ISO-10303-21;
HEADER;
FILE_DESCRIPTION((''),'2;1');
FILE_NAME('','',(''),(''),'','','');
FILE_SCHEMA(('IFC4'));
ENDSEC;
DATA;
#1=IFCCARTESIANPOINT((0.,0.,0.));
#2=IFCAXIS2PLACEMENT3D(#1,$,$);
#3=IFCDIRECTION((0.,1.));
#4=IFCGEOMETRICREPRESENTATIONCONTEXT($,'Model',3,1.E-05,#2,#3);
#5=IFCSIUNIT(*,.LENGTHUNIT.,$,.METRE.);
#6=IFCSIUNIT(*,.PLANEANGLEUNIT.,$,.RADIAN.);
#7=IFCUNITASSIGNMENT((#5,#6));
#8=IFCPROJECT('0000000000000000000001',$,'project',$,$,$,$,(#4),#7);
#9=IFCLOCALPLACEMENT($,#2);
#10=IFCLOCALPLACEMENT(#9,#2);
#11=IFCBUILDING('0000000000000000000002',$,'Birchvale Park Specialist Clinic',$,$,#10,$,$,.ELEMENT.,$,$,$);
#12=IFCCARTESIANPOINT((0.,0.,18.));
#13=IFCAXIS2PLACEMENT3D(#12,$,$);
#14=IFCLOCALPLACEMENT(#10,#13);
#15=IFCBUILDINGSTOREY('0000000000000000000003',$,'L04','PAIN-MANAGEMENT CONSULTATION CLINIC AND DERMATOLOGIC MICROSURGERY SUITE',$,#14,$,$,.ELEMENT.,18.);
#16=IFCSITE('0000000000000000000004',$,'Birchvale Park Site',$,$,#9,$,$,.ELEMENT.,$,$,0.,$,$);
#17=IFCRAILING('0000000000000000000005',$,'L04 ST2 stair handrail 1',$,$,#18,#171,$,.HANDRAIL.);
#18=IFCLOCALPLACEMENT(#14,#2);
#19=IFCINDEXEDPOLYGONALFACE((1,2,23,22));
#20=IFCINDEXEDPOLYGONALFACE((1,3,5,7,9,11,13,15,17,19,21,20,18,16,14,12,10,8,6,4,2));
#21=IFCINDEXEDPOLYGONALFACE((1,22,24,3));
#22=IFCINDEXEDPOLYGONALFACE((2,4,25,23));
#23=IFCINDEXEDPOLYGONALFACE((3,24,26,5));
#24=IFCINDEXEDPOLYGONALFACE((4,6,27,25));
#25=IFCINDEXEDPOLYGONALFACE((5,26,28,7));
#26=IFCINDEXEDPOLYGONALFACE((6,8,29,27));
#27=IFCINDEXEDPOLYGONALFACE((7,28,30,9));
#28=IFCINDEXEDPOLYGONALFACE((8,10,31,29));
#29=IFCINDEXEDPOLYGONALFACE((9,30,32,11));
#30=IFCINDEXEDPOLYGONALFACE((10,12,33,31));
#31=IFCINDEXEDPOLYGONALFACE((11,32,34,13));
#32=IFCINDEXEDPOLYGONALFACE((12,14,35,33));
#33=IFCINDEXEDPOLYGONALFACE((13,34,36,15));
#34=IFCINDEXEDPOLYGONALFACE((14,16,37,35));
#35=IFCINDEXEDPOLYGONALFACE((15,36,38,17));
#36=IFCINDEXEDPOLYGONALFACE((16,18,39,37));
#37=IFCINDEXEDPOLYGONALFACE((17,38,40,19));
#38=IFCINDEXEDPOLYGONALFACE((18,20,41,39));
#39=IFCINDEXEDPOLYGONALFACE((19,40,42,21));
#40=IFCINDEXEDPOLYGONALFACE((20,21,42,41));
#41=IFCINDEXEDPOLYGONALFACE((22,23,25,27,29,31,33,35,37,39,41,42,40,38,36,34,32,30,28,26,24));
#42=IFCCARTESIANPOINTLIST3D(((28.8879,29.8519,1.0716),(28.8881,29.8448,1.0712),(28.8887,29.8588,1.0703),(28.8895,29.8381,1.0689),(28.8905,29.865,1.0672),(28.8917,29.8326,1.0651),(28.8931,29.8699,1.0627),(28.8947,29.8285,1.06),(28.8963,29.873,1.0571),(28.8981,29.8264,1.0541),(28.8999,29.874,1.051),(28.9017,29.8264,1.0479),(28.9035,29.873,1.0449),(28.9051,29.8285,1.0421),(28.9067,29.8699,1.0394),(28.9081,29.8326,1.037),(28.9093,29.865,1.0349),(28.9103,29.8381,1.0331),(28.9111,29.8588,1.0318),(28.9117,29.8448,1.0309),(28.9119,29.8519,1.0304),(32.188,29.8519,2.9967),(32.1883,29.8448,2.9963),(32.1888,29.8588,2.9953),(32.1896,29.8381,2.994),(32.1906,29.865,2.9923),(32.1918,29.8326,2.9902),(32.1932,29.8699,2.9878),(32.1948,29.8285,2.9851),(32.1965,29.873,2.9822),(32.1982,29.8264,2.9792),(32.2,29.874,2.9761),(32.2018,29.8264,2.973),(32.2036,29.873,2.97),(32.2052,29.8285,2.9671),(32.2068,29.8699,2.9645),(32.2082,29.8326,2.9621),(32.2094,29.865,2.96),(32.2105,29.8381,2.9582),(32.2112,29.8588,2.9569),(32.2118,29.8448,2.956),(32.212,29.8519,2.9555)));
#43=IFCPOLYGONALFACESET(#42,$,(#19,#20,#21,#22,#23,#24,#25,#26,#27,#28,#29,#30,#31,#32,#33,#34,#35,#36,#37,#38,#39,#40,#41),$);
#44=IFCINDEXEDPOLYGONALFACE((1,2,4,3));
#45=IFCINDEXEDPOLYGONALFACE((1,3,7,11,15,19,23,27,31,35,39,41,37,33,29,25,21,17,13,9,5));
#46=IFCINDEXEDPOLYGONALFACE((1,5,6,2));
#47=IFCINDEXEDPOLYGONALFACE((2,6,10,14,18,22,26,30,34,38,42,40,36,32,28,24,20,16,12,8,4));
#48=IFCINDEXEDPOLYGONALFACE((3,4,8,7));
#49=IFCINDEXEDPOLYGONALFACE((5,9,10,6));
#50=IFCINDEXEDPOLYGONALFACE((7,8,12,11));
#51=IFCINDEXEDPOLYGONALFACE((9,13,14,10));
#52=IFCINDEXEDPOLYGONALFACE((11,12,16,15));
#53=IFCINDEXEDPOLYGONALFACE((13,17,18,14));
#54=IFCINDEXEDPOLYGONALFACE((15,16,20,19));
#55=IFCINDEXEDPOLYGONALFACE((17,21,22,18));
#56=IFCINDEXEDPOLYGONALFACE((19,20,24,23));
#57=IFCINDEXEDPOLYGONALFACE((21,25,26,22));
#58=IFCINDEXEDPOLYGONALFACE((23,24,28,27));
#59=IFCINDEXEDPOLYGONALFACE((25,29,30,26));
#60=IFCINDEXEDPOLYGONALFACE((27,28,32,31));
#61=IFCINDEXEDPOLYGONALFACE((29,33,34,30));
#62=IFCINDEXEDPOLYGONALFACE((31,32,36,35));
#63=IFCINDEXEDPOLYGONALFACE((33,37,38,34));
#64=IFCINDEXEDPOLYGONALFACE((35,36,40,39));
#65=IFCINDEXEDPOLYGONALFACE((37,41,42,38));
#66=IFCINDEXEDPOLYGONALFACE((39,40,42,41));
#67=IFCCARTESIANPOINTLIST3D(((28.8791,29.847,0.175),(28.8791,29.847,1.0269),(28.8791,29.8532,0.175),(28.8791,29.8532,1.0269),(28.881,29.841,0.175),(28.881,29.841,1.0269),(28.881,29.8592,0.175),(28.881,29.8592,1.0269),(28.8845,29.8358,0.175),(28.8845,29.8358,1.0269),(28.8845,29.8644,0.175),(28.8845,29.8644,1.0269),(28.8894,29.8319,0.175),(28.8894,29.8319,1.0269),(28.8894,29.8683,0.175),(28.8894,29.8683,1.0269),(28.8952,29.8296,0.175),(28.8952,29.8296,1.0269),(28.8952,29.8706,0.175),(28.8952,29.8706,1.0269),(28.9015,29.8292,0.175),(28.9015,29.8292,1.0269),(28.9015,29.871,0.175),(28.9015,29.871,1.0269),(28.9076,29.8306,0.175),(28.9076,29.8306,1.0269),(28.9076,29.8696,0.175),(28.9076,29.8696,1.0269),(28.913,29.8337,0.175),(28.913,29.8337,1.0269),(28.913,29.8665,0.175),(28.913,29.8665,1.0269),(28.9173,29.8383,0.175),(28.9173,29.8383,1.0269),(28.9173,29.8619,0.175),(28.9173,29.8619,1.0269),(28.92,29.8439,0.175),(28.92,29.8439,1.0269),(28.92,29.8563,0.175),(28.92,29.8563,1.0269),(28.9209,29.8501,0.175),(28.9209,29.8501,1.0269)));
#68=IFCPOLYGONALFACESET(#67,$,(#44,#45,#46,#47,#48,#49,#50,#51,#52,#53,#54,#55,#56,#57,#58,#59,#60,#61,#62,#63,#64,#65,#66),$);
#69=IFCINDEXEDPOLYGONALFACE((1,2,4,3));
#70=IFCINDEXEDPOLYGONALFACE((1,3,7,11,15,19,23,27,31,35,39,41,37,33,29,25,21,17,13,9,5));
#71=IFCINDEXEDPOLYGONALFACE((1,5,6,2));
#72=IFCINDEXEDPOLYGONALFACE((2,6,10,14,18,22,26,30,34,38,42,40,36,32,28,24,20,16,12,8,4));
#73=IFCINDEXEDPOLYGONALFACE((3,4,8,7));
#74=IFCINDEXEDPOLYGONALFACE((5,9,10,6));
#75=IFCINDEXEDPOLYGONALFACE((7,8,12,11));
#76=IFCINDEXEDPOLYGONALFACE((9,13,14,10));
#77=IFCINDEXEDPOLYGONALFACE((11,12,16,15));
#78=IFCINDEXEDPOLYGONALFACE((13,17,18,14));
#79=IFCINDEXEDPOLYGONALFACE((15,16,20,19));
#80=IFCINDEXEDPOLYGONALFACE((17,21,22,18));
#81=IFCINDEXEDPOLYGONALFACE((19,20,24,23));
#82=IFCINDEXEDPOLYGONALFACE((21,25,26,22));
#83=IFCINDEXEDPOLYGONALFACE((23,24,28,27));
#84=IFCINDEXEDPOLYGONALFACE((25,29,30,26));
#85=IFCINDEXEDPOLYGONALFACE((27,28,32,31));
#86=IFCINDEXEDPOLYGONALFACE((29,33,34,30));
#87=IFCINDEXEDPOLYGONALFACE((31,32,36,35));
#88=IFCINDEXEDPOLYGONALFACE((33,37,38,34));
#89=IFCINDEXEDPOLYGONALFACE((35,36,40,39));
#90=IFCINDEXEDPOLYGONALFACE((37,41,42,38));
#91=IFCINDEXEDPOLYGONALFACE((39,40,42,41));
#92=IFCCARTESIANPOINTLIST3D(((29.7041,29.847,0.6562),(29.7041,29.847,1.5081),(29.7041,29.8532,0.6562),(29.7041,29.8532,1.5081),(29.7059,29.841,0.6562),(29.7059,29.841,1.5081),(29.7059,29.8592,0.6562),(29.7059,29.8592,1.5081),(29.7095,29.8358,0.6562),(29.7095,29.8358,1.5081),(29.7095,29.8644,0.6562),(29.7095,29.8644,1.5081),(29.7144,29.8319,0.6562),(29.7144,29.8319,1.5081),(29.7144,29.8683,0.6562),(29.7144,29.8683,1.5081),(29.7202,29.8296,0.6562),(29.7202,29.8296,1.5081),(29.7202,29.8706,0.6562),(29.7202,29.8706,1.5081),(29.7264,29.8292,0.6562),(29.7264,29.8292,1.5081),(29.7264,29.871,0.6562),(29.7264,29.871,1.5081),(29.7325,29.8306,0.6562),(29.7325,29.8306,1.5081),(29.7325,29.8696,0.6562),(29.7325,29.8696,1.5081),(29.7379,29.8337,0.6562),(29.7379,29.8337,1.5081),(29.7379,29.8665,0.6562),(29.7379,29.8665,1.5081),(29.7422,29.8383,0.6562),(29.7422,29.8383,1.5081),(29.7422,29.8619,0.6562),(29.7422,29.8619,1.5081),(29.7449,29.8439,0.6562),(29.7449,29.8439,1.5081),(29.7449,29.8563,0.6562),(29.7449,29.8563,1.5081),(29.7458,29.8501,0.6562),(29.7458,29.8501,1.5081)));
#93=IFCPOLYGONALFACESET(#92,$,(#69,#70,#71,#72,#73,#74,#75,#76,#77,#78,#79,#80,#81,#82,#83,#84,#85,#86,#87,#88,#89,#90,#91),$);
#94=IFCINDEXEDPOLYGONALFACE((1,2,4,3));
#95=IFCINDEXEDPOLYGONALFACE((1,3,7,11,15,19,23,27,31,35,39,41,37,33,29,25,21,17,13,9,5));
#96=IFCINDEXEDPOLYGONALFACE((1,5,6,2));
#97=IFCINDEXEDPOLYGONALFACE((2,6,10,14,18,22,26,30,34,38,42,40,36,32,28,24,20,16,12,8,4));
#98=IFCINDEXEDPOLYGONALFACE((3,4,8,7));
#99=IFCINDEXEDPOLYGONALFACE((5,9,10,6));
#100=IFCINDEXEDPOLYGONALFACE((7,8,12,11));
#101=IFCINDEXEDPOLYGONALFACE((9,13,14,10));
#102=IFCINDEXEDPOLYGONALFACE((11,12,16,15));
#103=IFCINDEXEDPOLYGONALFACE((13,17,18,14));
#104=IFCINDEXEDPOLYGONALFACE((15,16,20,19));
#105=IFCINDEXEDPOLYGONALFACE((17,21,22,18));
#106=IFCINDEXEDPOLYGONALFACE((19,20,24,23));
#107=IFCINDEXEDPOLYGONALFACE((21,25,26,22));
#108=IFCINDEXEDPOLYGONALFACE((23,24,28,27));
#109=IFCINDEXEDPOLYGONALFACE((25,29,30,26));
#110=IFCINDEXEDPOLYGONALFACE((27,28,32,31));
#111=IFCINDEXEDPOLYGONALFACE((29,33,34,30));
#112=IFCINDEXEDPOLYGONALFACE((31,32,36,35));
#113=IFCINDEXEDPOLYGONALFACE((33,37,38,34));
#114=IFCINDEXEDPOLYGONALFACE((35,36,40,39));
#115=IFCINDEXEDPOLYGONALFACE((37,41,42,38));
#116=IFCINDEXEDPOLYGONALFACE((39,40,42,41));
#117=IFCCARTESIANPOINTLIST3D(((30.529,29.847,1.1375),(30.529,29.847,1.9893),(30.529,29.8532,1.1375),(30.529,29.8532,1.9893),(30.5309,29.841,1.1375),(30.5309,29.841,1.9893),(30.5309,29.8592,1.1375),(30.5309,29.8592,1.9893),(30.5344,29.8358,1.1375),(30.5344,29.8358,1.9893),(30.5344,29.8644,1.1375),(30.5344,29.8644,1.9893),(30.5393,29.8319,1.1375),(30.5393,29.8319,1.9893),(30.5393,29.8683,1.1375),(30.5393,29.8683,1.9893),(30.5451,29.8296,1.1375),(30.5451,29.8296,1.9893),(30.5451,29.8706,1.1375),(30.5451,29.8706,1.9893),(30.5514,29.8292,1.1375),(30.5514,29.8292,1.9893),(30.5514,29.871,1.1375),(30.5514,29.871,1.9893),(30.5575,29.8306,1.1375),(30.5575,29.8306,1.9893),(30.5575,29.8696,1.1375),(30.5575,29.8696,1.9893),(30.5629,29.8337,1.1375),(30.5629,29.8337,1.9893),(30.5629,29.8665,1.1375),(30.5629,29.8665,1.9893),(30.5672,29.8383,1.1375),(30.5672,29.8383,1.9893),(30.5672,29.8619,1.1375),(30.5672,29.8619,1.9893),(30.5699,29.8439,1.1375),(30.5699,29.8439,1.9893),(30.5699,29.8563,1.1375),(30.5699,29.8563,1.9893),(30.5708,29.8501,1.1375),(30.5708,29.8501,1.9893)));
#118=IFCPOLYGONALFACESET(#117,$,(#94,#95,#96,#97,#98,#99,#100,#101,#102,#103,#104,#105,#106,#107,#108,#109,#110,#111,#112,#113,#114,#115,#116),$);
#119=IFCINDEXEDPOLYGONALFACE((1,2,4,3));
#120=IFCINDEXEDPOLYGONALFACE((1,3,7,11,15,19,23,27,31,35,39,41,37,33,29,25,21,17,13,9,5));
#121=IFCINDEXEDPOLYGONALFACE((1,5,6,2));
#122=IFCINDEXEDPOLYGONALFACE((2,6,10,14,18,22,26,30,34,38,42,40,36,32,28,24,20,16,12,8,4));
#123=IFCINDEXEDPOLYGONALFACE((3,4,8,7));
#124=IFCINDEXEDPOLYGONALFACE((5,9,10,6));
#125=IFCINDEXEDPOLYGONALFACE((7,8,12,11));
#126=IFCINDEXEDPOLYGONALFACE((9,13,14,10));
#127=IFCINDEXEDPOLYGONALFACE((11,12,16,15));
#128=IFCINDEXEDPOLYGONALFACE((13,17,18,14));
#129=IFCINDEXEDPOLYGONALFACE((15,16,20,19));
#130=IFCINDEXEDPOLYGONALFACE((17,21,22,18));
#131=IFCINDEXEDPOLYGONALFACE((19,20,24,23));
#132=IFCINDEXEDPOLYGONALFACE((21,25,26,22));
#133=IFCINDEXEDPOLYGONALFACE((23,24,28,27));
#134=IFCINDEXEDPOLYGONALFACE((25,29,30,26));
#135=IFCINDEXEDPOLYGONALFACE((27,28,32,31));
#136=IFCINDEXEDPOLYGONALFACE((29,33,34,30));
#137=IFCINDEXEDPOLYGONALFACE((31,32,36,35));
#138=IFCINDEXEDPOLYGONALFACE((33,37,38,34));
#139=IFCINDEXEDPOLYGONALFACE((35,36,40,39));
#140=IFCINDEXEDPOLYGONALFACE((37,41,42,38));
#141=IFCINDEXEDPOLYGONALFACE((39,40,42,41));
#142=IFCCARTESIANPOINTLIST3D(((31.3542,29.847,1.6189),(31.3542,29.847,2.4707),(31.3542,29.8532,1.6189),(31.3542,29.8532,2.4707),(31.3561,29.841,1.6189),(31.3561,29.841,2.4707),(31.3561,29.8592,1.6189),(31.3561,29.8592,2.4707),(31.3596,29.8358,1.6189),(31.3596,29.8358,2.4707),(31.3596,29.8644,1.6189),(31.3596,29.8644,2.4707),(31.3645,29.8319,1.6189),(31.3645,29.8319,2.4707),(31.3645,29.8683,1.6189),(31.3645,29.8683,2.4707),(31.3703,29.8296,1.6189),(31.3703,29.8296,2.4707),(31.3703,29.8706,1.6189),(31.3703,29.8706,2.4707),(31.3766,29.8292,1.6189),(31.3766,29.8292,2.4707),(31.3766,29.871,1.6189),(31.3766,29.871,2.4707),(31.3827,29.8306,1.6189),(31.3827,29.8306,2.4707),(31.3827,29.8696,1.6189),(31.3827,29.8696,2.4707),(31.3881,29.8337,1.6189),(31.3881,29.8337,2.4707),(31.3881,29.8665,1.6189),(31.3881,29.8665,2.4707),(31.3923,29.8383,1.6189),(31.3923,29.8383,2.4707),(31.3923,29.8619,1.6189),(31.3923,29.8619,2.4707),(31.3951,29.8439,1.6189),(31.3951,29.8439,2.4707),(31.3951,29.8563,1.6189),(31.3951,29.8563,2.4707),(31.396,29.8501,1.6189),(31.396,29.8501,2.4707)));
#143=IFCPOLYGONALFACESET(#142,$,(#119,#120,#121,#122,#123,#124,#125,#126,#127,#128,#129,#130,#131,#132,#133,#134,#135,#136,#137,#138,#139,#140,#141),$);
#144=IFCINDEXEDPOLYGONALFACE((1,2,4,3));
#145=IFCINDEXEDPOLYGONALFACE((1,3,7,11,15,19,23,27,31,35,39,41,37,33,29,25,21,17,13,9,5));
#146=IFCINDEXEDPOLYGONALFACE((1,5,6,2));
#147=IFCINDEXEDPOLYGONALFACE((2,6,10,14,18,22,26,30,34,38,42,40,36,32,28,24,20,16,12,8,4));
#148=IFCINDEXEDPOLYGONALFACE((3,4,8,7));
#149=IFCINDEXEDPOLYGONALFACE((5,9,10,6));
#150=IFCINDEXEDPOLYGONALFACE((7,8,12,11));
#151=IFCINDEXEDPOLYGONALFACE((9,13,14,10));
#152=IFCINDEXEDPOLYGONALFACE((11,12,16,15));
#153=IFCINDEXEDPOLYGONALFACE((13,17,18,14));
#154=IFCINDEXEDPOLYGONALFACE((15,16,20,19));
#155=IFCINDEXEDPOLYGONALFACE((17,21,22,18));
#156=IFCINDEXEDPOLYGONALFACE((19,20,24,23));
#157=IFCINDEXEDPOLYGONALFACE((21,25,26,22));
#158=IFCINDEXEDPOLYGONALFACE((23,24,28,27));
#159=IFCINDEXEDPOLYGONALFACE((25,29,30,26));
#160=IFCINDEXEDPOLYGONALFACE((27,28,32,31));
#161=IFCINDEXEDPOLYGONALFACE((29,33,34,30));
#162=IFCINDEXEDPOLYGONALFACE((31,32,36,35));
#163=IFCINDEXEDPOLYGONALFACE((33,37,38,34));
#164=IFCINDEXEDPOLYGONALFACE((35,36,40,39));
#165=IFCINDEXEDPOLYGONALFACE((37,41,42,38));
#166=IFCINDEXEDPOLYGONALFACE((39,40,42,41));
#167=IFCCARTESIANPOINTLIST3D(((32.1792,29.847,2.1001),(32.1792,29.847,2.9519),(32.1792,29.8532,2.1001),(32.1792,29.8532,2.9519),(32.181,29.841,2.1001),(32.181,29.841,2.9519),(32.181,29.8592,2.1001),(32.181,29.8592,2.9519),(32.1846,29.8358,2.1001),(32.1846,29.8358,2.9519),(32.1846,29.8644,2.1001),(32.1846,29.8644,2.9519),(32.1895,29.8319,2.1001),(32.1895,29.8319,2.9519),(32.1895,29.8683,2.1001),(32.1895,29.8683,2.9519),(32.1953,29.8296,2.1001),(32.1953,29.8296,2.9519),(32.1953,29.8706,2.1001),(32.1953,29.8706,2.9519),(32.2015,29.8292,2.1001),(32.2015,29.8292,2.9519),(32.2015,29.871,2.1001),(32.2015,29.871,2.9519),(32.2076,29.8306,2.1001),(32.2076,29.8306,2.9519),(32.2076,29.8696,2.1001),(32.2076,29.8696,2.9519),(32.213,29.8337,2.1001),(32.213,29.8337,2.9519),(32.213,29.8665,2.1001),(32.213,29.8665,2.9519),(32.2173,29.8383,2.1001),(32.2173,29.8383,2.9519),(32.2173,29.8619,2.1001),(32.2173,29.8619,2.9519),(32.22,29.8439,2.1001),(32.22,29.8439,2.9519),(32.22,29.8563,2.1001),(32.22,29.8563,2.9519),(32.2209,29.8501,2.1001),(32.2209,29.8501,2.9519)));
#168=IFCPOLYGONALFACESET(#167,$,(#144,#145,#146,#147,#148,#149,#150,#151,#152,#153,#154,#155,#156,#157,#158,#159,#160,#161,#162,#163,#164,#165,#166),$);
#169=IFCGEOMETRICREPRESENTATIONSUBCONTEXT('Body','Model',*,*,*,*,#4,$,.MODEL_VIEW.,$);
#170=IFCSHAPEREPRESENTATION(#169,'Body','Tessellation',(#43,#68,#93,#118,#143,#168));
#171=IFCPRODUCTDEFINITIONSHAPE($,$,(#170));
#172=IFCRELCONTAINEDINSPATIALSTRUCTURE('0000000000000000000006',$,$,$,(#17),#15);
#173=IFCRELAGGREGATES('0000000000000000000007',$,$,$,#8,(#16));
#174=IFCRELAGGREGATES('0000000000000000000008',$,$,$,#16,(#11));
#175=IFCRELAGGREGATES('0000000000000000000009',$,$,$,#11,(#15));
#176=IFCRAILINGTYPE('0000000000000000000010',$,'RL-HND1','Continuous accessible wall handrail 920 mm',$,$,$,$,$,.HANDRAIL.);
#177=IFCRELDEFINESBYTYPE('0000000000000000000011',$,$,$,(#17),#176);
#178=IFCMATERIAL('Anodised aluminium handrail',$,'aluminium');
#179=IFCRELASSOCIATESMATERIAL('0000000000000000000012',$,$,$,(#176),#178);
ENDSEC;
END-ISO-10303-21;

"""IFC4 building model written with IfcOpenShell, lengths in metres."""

from ifc_helpers import new_model, si_unit, direction, frame, origin, origin_2d, place, context, subcontext, project, spatial, circle, extrude, material, type_object, element, save


model = new_model("IFC4")

# Units and contexts
model_context = context("Model", 3, precision=1e-05, world=origin(), true_north=direction((0.0, 1.0)))
body_context = subcontext(model_context, "Body", "Model", "MODEL_VIEW")
ifc_project = project(units=[si_unit("LENGTHUNIT", "METRE"), si_unit("PLANEANGLEUNIT", "RADIAN")], contexts=[model_context])

# Site, building, storey
site_placement = place(None, origin())
site = spatial("IfcSite", under=ifc_project, at=site_placement, Name="Birchvale Park Site", CompositionType="ELEMENT", RefElevation=0.0)
building_placement = place(site_placement, origin())
building = spatial("IfcBuilding", under=site, at=building_placement, Name="Birchvale Park Specialist Clinic", CompositionType="ELEMENT")
storey_placement = place(building_placement, frame((0.0, 0.0, 18.0)))
storey = spatial("IfcBuildingStorey", under=building, at=storey_placement, Name="L04", Description="PAIN-MANAGEMENT CONSULTATION CLINIC AND DERMATOLOGIC MICROSURGERY SUITE", CompositionType="ELEMENT", Elevation=18.0)

# Railing
ifc_material_1 = material(Name="Anodised aluminium handrail", Category="aluminium")
railing_type_1 = type_object("IfcRailingType", Name="RL-HND1", Description="Continuous accessible wall handrail 920 mm", PredefinedType="HANDRAIL", material=ifc_material_1)
railing_1_placement = place(storey_placement, frame((28.8999, 29.8501, 0.175)))
element("IfcRailing", 1, at=railing_1_placement, inside=storey, type_object=railing_type_1, Name="L04 ST2 stair handrail 1", PredefinedType="HANDRAIL", context=body_context, shape_type="SweptSolid", body=[
    extrude(circle(Radius=0.0239, at=origin_2d()), frame((0.0, 0.0, 0.876), z_axis=(0.863777, 0.0, 0.503875), x_axis=(0.0, 1.0, 0.0)), (0.0, 0.0, 1.0), 3.8206),
    extrude(circle(Radius=0.021, at=origin_2d()), origin(), (0.0, 0.0, 1.0), 0.8518),
    extrude(circle(Radius=0.021, at=origin_2d()), frame((0.825, 0.0, 0.4812)), (0.0, 0.0, 1.0), 0.8518),
    extrude(circle(Radius=0.021, at=origin_2d()), frame((1.6499, 0.0, 0.9624)), (0.0, 0.0, 1.0), 0.8518),
    extrude(circle(Radius=0.021, at=origin_2d()), frame((2.4751, 0.0, 1.4438)), (0.0, 0.0, 1.0), 0.8518),
    extrude(circle(Radius=0.021, at=origin_2d()), frame((3.3, 0.0, 1.925)), (0.0, 0.0, 1.0), 0.8518),
])

save(model, "model.ifc")
